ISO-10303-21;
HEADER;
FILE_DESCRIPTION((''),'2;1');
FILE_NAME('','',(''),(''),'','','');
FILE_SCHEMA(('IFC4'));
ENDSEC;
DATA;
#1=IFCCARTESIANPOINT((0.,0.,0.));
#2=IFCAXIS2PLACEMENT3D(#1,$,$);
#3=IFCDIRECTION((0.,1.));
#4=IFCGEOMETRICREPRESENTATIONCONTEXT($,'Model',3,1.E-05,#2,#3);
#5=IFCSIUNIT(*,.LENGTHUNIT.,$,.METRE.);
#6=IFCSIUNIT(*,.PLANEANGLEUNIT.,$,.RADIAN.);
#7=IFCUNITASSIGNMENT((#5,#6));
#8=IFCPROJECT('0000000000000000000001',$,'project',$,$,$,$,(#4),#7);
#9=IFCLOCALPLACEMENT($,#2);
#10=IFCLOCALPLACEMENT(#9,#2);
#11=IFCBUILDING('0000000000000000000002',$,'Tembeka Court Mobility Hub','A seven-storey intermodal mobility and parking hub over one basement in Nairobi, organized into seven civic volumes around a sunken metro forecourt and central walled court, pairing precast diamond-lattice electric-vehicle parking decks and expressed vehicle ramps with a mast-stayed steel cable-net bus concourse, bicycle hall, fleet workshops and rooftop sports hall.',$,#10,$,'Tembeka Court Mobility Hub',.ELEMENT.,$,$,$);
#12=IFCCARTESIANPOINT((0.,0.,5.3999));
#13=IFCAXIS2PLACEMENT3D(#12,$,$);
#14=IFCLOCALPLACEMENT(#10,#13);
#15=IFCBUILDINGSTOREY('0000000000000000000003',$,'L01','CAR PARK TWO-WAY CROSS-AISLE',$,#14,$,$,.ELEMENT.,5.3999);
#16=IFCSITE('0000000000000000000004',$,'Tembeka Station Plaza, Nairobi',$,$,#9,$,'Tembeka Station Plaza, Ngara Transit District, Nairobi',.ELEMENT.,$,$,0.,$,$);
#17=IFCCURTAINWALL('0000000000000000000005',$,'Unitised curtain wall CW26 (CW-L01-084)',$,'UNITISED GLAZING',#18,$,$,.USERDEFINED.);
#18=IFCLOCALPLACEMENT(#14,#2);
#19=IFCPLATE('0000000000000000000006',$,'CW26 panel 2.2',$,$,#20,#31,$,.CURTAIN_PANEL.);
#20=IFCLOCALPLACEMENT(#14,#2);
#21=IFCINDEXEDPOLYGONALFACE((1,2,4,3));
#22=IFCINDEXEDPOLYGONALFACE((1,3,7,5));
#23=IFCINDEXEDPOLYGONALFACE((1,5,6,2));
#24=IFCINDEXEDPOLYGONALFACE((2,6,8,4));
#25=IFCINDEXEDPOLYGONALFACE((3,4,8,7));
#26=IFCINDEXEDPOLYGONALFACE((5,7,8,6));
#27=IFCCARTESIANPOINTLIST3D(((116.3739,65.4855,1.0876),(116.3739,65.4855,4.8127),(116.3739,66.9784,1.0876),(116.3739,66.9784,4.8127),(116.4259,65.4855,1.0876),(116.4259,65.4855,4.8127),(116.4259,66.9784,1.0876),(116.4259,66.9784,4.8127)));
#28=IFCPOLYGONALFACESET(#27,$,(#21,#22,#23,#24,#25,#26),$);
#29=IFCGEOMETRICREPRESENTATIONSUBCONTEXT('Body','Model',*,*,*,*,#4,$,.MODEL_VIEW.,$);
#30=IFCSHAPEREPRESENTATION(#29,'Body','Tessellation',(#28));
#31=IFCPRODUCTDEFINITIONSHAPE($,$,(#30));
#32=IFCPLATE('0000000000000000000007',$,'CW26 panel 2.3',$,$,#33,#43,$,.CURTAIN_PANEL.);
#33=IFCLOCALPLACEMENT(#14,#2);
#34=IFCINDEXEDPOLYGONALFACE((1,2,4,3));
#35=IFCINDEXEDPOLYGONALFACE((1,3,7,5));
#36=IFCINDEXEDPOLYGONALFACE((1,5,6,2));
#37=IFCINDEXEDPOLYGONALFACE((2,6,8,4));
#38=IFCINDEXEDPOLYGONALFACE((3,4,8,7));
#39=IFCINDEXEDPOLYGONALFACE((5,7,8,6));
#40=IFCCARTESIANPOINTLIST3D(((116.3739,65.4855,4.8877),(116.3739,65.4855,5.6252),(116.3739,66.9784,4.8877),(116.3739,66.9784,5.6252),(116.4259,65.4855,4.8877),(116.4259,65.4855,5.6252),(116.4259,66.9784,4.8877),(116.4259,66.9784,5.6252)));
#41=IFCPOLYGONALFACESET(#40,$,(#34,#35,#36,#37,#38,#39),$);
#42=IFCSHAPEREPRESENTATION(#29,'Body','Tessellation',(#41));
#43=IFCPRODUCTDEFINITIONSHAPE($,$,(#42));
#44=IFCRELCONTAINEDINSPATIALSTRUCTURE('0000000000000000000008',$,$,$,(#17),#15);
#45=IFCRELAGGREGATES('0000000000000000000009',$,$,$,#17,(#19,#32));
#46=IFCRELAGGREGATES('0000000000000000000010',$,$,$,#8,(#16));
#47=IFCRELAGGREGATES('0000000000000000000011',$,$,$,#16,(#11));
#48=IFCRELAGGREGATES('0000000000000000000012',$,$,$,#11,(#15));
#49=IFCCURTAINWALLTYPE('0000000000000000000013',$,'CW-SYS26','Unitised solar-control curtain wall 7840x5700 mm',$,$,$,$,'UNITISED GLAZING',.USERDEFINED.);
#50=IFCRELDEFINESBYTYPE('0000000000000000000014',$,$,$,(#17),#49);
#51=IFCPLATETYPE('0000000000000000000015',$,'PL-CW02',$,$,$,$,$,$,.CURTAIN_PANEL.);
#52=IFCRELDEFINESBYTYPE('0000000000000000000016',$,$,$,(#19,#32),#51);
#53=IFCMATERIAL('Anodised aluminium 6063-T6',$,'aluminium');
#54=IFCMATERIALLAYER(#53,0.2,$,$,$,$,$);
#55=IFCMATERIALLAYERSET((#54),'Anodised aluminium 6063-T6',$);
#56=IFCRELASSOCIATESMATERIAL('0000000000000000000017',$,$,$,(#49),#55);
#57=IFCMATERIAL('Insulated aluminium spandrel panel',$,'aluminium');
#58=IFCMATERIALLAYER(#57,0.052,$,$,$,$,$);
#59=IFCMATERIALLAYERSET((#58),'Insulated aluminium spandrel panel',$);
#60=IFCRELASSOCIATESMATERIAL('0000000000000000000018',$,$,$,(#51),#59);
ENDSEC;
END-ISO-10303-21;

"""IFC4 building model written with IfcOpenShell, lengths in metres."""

from ifc_helpers import new_model, si_unit, direction, frame, origin, origin_2d, place, context, subcontext, project, spatial, rectangle, extrude, material, layer, layer_set, type_object, element, aggregate, save


model = new_model("IFC4")

# Units and contexts
model_context = context("Model", 3, precision=1e-05, world=origin(), true_north=direction((0.0, 1.0)))
body_context = subcontext(model_context, "Body", "Model", "MODEL_VIEW")
ifc_project = project(units=[si_unit("LENGTHUNIT", "METRE"), si_unit("PLANEANGLEUNIT", "RADIAN")], contexts=[model_context])

# Site, building, storey
site_placement = place(None, origin())
site = spatial("IfcSite", under=ifc_project, at=site_placement, Name="Tembeka Station Plaza, Nairobi", LongName="Tembeka Station Plaza, Ngara Transit District, Nairobi", CompositionType="ELEMENT", RefElevation=0.0)
building_placement = place(site_placement, origin())
building = spatial("IfcBuilding", under=site, at=building_placement, Name="Tembeka Court Mobility Hub", Description="A seven-storey intermodal mobility and parking hub over one basement in Nairobi, organized into seven civic volumes around a sunken metro forecourt and central walled court, pairing precast diamond-lattice electric-vehicle parking decks and expressed vehicle ramps with a mast-stayed steel cable-net bus concourse, bicycle hall, fleet workshops and rooftop sports hall.", LongName="Tembeka Court Mobility Hub", CompositionType="ELEMENT")
storey_placement = place(building_placement, frame((0.0, 0.0, 5.3999)))
storey = spatial("IfcBuildingStorey", under=building, at=storey_placement, Name="L01", Description="CAR PARK TWO-WAY CROSS-AISLE", CompositionType="ELEMENT", Elevation=5.3999)

# Curtain wall
ifc_material_1 = material(Name="Anodised aluminium 6063-T6", Category="aluminium")
ifc_layer_1 = layer(ifc_material_1, 0.2)
ifc_layer_set_1 = layer_set([ifc_layer_1], Name="Anodised aluminium 6063-T6")
curtain_wall_type = type_object("IfcCurtainWallType", Name="CW-SYS26", Description="Unitised solar-control curtain wall 7840x5700 mm", ElementType="UNITISED GLAZING", PredefinedType="USERDEFINED", material=ifc_layer_set_1)
curtain_wall_placement = place(storey_placement, origin())
curtain_wall = element("IfcCurtainWall", 1, at=curtain_wall_placement, inside=storey, type_object=curtain_wall_type, Name="Unitised curtain wall CW26 (CW-L01-084)", ObjectType="UNITISED GLAZING", PredefinedType="USERDEFINED")

# Plates
ifc_material_2 = material(Name="Insulated aluminium spandrel panel", Category="aluminium")
ifc_layer_2 = layer(ifc_material_2, 0.052)
ifc_layer_set_2 = layer_set([ifc_layer_2], Name="Insulated aluminium spandrel panel")
plate_type = type_object("IfcPlateType", Name="PL-CW02", PredefinedType="CURTAIN_PANEL", material=ifc_layer_set_2)
plate_1_placement = place(storey_placement, frame((116.3999, 66.2319, 1.0876), z_axis=(0.0, 0.0, 1.0), x_axis=(0.0, 1.0, 0.0)))
plate_1 = element("IfcPlate", 2, at=plate_1_placement, type_object=plate_type, Name="CW26 panel 2.2", PredefinedType="CURTAIN_PANEL", context=body_context, shape_type="SweptSolid", body=[
    extrude(rectangle(XDim=1.4929, YDim=0.052, at=origin_2d()), origin(), (0.0, 0.0, 1.0), 3.7251),
])
plate_2_placement = place(storey_placement, frame((116.3999, 66.2319, 4.8877), z_axis=(0.0, 0.0, 1.0), x_axis=(0.0, 1.0, 0.0)))
plate_2 = element("IfcPlate", 3, at=plate_2_placement, type_object=plate_type, Name="CW26 panel 2.3", PredefinedType="CURTAIN_PANEL", context=body_context, shape_type="SweptSolid", body=[
    extrude(rectangle(XDim=1.4929, YDim=0.052, at=origin_2d()), origin(), (0.0, 0.0, 1.0), 0.7375),
])
aggregate(curtain_wall, [plate_1, plate_2])

save(model, "model.ifc")
